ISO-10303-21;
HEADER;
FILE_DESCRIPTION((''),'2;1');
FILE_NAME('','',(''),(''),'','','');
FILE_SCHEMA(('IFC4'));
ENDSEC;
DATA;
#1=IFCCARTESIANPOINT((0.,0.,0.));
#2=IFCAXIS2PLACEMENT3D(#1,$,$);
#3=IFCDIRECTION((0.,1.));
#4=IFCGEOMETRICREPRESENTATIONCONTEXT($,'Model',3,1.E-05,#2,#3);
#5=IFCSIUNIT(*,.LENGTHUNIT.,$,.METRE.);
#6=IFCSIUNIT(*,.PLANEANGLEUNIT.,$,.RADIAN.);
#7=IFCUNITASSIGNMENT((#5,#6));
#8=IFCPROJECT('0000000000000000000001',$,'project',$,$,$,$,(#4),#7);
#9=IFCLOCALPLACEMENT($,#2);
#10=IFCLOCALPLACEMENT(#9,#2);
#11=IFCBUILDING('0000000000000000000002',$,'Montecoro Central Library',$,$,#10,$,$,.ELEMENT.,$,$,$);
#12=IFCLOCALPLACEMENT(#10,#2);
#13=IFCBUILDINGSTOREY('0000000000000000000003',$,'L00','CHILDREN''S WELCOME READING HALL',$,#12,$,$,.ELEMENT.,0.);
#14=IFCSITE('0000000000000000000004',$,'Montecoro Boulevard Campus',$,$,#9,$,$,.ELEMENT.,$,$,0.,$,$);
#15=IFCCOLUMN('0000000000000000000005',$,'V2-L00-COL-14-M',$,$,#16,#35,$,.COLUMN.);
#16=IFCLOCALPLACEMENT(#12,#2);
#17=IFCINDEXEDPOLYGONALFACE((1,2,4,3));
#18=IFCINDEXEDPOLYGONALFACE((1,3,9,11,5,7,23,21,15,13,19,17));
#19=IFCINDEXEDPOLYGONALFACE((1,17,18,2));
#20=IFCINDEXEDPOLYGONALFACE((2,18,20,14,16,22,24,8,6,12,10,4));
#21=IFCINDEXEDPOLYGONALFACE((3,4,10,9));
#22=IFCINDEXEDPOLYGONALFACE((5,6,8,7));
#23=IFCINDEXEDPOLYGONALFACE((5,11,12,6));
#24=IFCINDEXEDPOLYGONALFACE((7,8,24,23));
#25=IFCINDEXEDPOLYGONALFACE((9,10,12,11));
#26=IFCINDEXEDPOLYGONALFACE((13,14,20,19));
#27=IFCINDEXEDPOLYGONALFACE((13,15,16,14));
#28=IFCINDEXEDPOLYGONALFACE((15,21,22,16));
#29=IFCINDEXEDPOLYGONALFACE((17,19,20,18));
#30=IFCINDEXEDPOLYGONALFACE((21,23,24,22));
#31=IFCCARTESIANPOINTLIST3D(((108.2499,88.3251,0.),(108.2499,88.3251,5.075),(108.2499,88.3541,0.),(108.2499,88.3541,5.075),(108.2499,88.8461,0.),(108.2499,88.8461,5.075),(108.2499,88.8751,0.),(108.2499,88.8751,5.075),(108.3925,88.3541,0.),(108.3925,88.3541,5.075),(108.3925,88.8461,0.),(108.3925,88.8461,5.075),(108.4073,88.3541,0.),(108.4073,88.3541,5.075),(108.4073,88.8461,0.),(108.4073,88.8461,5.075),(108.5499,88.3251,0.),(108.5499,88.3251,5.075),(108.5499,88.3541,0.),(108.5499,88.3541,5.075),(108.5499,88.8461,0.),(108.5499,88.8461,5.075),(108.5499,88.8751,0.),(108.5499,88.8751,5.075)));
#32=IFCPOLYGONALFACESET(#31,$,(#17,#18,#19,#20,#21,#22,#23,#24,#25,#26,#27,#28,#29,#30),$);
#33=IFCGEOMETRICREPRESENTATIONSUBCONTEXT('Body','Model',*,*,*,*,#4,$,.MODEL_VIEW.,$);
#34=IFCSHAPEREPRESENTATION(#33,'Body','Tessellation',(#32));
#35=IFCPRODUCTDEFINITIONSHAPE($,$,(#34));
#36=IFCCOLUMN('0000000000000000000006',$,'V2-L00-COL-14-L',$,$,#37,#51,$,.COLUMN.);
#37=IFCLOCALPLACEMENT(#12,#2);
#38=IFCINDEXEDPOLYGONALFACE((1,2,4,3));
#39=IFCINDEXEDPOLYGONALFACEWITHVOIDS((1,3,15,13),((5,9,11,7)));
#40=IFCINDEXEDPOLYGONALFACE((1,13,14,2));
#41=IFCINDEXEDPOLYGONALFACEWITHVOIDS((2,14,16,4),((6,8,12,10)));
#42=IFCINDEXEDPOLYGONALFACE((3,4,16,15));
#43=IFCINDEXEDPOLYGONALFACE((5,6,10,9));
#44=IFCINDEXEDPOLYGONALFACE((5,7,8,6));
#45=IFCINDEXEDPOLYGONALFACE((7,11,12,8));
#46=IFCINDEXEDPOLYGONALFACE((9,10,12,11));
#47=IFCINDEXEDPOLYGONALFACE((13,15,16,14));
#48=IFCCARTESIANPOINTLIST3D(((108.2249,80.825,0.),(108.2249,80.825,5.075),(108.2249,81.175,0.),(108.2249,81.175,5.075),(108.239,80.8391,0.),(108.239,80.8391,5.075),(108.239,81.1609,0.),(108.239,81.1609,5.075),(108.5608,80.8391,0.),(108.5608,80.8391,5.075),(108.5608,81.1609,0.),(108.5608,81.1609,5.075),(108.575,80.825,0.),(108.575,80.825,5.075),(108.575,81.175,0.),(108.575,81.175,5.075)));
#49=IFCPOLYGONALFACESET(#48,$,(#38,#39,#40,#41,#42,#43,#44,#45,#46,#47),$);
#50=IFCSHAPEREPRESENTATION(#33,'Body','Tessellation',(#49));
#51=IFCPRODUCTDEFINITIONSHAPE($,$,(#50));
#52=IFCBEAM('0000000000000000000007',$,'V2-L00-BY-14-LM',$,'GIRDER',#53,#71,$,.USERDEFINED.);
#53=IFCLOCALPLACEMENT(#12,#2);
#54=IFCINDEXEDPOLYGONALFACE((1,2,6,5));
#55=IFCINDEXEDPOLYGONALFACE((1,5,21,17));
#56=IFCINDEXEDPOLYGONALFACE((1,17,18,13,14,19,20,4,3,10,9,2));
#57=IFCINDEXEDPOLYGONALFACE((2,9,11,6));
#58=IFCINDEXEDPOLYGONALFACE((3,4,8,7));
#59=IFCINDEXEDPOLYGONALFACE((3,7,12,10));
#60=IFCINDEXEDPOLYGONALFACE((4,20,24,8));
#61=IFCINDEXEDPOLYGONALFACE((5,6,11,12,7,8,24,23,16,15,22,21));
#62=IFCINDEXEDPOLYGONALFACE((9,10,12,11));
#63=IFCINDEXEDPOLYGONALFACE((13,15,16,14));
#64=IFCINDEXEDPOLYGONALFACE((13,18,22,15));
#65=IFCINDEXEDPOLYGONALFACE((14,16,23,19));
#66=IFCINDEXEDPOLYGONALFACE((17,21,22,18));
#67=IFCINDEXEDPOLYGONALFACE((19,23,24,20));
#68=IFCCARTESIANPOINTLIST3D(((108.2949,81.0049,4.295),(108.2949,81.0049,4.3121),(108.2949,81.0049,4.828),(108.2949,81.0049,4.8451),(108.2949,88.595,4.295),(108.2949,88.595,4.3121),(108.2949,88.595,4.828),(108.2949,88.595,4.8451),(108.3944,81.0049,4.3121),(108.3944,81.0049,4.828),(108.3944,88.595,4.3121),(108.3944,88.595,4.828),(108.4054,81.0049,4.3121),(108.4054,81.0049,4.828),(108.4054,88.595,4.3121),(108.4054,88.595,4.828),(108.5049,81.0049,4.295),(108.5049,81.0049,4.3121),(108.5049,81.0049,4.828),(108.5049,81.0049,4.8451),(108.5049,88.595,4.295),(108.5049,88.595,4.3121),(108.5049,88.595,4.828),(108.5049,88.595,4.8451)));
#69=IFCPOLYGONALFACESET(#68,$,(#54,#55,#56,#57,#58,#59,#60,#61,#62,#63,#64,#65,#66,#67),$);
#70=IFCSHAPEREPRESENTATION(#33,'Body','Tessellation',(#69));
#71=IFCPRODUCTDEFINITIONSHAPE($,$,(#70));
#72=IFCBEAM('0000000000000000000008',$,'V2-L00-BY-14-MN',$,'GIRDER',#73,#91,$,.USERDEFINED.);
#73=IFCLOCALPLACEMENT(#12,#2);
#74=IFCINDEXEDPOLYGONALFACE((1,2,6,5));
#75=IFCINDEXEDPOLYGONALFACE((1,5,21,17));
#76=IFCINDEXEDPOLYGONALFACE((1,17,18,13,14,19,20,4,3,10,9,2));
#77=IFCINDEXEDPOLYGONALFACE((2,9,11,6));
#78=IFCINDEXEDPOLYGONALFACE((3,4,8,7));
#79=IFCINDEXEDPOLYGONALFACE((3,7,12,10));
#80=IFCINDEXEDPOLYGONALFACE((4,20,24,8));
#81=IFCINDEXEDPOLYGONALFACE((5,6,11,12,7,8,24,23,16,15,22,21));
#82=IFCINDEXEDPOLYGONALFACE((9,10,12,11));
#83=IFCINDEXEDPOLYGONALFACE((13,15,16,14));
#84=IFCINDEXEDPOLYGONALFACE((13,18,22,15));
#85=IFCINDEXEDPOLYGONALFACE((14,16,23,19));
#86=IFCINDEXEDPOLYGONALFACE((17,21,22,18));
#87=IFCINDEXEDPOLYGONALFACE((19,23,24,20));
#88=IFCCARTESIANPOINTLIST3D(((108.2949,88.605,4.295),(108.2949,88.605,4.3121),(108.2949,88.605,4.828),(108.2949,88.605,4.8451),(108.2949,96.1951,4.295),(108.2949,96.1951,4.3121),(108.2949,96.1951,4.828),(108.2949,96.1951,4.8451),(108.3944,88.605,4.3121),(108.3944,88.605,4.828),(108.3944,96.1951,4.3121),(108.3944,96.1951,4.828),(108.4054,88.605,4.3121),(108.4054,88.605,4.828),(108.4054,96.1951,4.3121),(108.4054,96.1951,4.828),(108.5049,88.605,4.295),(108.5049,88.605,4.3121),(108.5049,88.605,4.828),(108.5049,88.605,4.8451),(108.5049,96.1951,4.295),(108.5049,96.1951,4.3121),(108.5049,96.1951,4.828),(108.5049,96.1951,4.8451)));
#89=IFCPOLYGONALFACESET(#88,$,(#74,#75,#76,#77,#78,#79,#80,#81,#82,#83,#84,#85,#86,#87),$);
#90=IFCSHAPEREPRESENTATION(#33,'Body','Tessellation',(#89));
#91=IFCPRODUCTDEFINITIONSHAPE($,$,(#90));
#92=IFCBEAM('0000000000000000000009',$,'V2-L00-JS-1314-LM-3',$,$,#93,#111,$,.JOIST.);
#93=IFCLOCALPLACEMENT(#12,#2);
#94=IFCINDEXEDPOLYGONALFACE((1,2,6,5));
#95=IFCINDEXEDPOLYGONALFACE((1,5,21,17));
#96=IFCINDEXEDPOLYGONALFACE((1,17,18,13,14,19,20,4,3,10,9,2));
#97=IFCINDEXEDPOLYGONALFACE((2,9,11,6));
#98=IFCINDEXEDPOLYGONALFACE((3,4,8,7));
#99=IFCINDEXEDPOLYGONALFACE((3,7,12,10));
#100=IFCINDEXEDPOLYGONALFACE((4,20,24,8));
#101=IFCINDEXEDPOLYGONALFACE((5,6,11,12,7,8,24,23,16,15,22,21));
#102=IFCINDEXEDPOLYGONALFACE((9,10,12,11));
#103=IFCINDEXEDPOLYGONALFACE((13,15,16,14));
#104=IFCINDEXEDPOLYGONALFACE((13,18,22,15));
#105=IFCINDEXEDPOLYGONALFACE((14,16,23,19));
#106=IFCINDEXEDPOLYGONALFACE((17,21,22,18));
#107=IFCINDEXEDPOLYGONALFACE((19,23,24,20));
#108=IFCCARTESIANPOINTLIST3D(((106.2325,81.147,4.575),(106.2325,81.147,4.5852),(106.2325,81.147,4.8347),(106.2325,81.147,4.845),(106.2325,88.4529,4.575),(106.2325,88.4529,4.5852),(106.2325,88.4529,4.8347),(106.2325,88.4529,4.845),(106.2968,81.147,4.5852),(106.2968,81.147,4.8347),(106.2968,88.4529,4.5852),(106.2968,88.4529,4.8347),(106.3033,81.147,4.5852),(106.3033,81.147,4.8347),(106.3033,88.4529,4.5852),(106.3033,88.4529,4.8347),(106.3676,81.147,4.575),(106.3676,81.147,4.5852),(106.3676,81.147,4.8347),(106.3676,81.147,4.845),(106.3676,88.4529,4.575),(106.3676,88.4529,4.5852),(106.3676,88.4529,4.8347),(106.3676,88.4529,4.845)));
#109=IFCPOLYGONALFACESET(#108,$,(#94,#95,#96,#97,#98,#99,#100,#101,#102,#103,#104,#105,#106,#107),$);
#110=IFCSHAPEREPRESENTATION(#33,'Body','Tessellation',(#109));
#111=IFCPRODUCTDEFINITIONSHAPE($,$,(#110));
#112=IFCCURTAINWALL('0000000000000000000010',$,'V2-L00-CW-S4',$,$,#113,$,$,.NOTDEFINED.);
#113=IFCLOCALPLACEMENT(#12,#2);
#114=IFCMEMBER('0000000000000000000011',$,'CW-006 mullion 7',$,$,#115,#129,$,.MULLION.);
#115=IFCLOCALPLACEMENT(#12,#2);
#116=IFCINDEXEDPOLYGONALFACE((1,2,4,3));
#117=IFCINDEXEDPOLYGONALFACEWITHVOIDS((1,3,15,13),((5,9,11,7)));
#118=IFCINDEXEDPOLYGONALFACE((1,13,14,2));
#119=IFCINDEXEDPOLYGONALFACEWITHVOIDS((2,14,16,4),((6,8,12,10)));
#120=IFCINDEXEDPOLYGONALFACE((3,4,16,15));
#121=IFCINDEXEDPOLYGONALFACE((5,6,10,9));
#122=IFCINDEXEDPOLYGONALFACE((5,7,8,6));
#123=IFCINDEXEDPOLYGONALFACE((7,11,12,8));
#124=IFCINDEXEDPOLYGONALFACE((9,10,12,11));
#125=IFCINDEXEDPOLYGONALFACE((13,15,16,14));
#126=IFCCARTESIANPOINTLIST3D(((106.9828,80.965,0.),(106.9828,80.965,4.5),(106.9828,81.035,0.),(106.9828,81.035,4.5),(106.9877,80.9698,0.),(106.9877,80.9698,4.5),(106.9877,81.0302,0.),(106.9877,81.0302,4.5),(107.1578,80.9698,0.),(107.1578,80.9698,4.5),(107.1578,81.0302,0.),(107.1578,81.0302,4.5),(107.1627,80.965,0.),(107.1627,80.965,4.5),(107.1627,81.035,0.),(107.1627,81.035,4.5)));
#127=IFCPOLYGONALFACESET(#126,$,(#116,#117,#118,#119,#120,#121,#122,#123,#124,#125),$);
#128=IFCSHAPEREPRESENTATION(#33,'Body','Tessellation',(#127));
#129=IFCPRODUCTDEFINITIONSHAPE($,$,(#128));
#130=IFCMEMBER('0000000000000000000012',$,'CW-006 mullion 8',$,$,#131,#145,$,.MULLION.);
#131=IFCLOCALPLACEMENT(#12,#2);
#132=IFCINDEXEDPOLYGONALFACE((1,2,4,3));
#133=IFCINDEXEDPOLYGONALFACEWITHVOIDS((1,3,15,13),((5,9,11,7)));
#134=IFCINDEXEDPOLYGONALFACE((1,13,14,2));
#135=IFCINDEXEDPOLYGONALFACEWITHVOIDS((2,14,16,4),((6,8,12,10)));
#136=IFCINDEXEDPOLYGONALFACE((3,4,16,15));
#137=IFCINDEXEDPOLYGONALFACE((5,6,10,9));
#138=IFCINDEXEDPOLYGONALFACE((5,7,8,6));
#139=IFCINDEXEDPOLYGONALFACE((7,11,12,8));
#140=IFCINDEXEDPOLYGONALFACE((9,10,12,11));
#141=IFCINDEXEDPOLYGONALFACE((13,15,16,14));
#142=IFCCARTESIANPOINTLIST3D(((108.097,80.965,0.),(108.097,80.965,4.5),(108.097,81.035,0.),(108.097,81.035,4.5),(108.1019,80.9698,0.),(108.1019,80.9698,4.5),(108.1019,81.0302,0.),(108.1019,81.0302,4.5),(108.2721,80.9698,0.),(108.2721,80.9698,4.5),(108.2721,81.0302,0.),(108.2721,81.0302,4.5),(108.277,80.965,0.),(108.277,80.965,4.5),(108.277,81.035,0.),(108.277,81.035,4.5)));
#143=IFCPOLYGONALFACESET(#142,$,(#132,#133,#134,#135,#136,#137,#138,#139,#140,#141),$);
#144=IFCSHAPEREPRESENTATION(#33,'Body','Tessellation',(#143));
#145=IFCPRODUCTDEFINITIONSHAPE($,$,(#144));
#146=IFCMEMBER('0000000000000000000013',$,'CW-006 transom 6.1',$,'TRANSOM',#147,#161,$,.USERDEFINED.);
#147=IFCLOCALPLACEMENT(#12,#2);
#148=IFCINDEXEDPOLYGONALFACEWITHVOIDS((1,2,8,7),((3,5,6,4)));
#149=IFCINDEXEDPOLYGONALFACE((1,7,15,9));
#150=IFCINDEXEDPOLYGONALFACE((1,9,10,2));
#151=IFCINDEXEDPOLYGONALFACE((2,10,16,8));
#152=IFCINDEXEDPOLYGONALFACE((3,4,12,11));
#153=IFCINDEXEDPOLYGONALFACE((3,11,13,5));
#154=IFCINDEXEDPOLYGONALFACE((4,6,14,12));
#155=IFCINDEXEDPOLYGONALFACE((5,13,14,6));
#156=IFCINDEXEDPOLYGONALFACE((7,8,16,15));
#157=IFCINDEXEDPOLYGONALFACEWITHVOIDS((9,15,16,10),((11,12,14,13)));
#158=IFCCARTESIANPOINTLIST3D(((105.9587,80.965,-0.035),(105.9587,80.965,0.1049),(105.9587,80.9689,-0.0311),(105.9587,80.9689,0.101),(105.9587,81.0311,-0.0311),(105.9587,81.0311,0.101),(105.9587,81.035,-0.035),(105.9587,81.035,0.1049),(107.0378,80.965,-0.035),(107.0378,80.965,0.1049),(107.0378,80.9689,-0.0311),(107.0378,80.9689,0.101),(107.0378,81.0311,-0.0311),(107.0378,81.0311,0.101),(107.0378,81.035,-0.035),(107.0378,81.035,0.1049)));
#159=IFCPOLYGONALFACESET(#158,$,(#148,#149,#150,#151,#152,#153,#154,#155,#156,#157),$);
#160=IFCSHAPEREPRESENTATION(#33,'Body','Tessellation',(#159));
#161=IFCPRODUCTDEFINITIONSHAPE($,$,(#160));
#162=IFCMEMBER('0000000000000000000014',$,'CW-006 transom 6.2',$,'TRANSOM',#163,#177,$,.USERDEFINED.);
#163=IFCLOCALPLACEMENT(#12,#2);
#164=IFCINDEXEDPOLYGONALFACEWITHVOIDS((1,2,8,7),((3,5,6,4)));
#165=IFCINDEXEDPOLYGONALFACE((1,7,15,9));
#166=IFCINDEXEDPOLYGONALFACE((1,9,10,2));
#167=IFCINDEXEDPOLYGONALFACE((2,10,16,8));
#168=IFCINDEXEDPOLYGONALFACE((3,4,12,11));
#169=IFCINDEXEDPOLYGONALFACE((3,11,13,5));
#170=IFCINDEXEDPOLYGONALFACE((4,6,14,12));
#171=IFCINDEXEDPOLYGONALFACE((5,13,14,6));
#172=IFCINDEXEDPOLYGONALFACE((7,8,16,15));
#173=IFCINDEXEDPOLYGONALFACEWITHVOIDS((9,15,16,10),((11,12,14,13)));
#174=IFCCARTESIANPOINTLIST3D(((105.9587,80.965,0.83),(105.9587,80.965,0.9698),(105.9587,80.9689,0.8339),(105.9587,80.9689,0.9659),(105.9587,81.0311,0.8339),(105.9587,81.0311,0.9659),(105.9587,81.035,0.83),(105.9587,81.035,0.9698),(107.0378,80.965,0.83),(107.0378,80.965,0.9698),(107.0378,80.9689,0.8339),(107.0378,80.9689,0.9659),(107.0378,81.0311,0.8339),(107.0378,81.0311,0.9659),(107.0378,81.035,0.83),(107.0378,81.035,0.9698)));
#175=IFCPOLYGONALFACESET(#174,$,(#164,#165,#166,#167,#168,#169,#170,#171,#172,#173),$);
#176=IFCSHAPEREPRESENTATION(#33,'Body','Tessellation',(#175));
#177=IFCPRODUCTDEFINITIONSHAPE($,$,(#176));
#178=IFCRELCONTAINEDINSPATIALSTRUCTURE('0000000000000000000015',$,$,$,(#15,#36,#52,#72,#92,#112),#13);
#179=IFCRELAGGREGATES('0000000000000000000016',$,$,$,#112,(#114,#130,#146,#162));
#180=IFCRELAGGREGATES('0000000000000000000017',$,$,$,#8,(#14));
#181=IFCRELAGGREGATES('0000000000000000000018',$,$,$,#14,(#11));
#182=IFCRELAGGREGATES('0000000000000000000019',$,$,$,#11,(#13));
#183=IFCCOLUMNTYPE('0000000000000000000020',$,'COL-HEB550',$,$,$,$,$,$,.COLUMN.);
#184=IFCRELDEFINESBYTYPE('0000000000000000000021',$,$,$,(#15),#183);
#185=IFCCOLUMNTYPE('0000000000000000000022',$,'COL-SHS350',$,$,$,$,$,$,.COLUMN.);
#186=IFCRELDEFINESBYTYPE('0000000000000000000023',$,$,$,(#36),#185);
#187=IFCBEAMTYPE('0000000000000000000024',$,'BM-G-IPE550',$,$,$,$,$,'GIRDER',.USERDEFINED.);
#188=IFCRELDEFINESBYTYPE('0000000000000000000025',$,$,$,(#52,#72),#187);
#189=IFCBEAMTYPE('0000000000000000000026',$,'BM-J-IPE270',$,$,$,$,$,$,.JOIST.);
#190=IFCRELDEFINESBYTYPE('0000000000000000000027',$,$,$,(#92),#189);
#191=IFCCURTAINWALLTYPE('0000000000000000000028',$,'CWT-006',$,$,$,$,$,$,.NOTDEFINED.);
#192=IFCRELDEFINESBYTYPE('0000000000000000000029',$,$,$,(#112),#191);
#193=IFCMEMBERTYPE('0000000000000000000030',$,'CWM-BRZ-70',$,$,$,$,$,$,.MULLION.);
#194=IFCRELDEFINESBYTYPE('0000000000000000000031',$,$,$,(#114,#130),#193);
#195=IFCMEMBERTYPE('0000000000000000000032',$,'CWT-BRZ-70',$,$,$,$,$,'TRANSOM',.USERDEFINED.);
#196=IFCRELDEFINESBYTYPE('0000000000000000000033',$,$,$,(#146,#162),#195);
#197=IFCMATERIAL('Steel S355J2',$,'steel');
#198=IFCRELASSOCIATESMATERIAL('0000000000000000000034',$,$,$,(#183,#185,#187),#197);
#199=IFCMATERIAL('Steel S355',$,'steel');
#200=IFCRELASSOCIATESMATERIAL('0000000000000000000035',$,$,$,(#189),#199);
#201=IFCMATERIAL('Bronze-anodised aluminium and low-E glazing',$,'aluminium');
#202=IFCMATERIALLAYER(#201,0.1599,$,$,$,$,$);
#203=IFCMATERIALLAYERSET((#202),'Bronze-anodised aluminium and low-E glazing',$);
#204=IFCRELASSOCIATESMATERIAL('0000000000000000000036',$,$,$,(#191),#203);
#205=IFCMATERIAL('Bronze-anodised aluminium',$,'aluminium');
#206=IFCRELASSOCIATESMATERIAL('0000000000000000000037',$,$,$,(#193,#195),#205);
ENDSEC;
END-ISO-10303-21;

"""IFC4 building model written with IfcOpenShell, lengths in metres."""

from ifc_helpers import new_model, si_unit, direction, frame, origin, origin_2d, place, context, subcontext, project, spatial, hollow_rectangle, i_section, extrude, material, layer, layer_set, material_profile, profile_set, type_object, element, aggregate, save


model = new_model("IFC4")

# Units and contexts
model_context = context("Model", 3, precision=1e-05, world=origin(), true_north=direction((0.0, 1.0)))
body_context = subcontext(model_context, "Body", "Model", "MODEL_VIEW")
ifc_project = project(units=[si_unit("LENGTHUNIT", "METRE"), si_unit("PLANEANGLEUNIT", "RADIAN")], contexts=[model_context])

# Site, building, storey
site_placement = place(None, origin())
site = spatial("IfcSite", under=ifc_project, at=site_placement, Name="Montecoro Boulevard Campus", CompositionType="ELEMENT", RefElevation=0.0)
building_placement = place(site_placement, origin())
building = spatial("IfcBuilding", under=site, at=building_placement, Name="Montecoro Central Library", CompositionType="ELEMENT")
storey_placement = place(building_placement, origin())
storey = spatial("IfcBuildingStorey", under=building, at=storey_placement, Name="L00", Description="CHILDREN'S WELCOME READING HALL", CompositionType="ELEMENT", Elevation=0.0)

# Columns
ifc_material_1 = material(Name="Steel S355J2", Category="steel")
ifc_material_profile_1 = material_profile(ifc_material_1, i_section(OverallWidth=0.3, OverallDepth=0.55, WebThickness=0.0149, FlangeThickness=0.0291, at=origin_2d()), Name="HEB 550")
ifc_profile_set_1 = profile_set([ifc_material_profile_1], Name="Steel S355J2")
column_type_1 = type_object("IfcColumnType", Name="COL-HEB550", PredefinedType="COLUMN", material=ifc_profile_set_1)
column_1_placement = place(storey_placement, frame((108.3999, 88.6001, 0.0), z_axis=(0.0, 0.0, 1.0), x_axis=(1.0, 0.0, 0.0)))
element("IfcColumn", 1, at=column_1_placement, inside=storey, type_object=column_type_1, Name="V2-L00-COL-14-M", PredefinedType="COLUMN", context=body_context, shape_type="SweptSolid", body=[
    extrude(i_section(OverallWidth=0.3, OverallDepth=0.55, WebThickness=0.0149, FlangeThickness=0.0291, at=origin_2d()), origin(), (0.0, 0.0, 1.0), 5.075),
])
ifc_material_profile_2 = material_profile(ifc_material_1, hollow_rectangle(XDim=0.3501, YDim=0.3501, WallThickness=0.0142, at=origin_2d()), Name="SHS 350x350x14.2")
ifc_profile_set_2 = profile_set([ifc_material_profile_2], Name="Steel S355J2")
column_type_2 = type_object("IfcColumnType", Name="COL-SHS350", PredefinedType="COLUMN", material=ifc_profile_set_2)
column_2_placement = place(storey_placement, frame((108.3999, 81.0, 0.0), z_axis=(0.0, 0.0, 1.0), x_axis=(1.0, 0.0, 0.0)))
element("IfcColumn", 2, at=column_2_placement, inside=storey, type_object=column_type_2, Name="V2-L00-COL-14-L", PredefinedType="COLUMN", context=body_context, shape_type="SweptSolid", body=[
    extrude(hollow_rectangle(XDim=0.3501, YDim=0.3501, WallThickness=0.0142, at=origin_2d()), origin(), (0.0, 0.0, 1.0), 5.075),
])

# Beams
ifc_material_profile_3 = material_profile(ifc_material_1, i_section(OverallWidth=0.21, OverallDepth=0.55, WebThickness=0.011, FlangeThickness=0.0171, at=origin_2d()), Name="IPE 550")
ifc_profile_set_3 = profile_set([ifc_material_profile_3], Name="Steel S355J2")
beam_type_1 = type_object("IfcBeamType", Name="BM-G-IPE550", ElementType="GIRDER", PredefinedType="USERDEFINED", material=ifc_profile_set_3)
for number, where, z_axis, x_axis, name in (
    (3, (108.3999, 81.0049, 4.5701), (0.0, 1.0, 0.0), (-1.0, 0.0, 0.0), "V2-L00-BY-14-LM"),
    (4, (108.3999, 88.605, 4.5701), (0.0, 1.0, 0.0), (-1.0, 0.0, 0.0), "V2-L00-BY-14-MN"),
):
    element("IfcBeam", number, at=place(storey_placement, frame(where, z_axis=z_axis, x_axis=x_axis)), inside=storey, type_object=beam_type_1, Name=name, ObjectType="GIRDER", PredefinedType="USERDEFINED", context=body_context, shape_type="SweptSolid", body=[
        extrude(i_section(OverallWidth=0.21, OverallDepth=0.55, WebThickness=0.011, FlangeThickness=0.0171, at=origin_2d()), origin(), (0.0, 0.0, 1.0), 7.5901),
    ])
ifc_material_2 = material(Name="Steel S355", Category="steel")
ifc_material_profile_4 = material_profile(ifc_material_2, i_section(OverallWidth=0.135, OverallDepth=0.27, WebThickness=0.0066, FlangeThickness=0.0103, at=origin_2d()), Name="IPE 270")
ifc_profile_set_4 = profile_set([ifc_material_profile_4], Name="Steel S355")
beam_type_2 = type_object("IfcBeamType", Name="BM-J-IPE270", PredefinedType="JOIST", material=ifc_profile_set_4)
beam_placement = place(storey_placement, frame((106.3, 81.147, 4.71), z_axis=(0.0, 1.0, 0.0), x_axis=(-1.0, 0.0, 0.0)))
element("IfcBeam", 5, at=beam_placement, inside=storey, type_object=beam_type_2, Name="V2-L00-JS-1314-LM-3", PredefinedType="JOIST", context=body_context, shape_type="SweptSolid", body=[
    extrude(i_section(OverallWidth=0.135, OverallDepth=0.27, WebThickness=0.0066, FlangeThickness=0.0103, at=origin_2d()), origin(), (0.0, 0.0, 1.0), 7.3059),
])

# Curtain wall, members
ifc_material_3 = material(Name="Bronze-anodised aluminium and low-E glazing", Category="aluminium")
ifc_layer_1 = layer(ifc_material_3, 0.1599)
ifc_layer_set_1 = layer_set([ifc_layer_1], Name="Bronze-anodised aluminium and low-E glazing")
curtain_wall_type = type_object("IfcCurtainWallType", Name="CWT-006", PredefinedType="NOTDEFINED", material=ifc_layer_set_1)
curtain_wall_placement = place(storey_placement, origin())
curtain_wall = element("IfcCurtainWall", 6, at=curtain_wall_placement, inside=storey, type_object=curtain_wall_type, Name="V2-L00-CW-S4", PredefinedType="NOTDEFINED")
ifc_material_4 = material(Name="Bronze-anodised aluminium", Category="aluminium")
ifc_material_profile_5 = material_profile(ifc_material_4, hollow_rectangle(XDim=0.0701, YDim=0.1799, WallThickness=0.0049, at=origin_2d()), Name="CWM 180x70x5.0")
ifc_profile_set_5 = profile_set([ifc_material_profile_5], Name="Bronze-anodised aluminium")
member_type_1 = type_object("IfcMemberType", Name="CWM-BRZ-70", PredefinedType="MULLION", material=ifc_profile_set_5)
member_1_placement = place(storey_placement, frame((107.0728, 81.0, 0.0), z_axis=(0.0, 0.0, 1.0), x_axis=(0.0, 1.0, 0.0)))
member_1 = element("IfcMember", 7, at=member_1_placement, type_object=member_type_1, Name="CW-006 mullion 7", PredefinedType="MULLION", context=body_context, shape_type="SweptSolid", body=[
    extrude(hollow_rectangle(XDim=0.0701, YDim=0.1799, WallThickness=0.0049, at=origin_2d()), origin(), (0.0, 0.0, 1.0), 4.5),
])
member_2_placement = place(storey_placement, frame((108.187, 81.0, 0.0), z_axis=(0.0, 0.0, 1.0), x_axis=(0.0, 1.0, 0.0)))
member_2 = element("IfcMember", 8, at=member_2_placement, type_object=member_type_1, Name="CW-006 mullion 8", PredefinedType="MULLION", context=body_context, shape_type="SweptSolid", body=[
    extrude(hollow_rectangle(XDim=0.0701, YDim=0.1799, WallThickness=0.0049, at=origin_2d()), origin(), (0.0, 0.0, 1.0), 4.5),
])
ifc_material_profile_6 = material_profile(ifc_material_4, hollow_rectangle(XDim=0.0701, YDim=0.1399, WallThickness=0.0039, at=origin_2d()), Name="CWT 140x70x4.0")
ifc_profile_set_6 = profile_set([ifc_material_profile_6], Name="Bronze-anodised aluminium")
member_type_2 = type_object("IfcMemberType", Name="CWT-BRZ-70", ElementType="TRANSOM", PredefinedType="USERDEFINED", material=ifc_profile_set_6)
member_3_placement = place(storey_placement, frame((105.9587, 81.0, 0.0349), z_axis=(1.0, 0.0, 0.0), x_axis=(0.0, 1.0, 0.0)))
member_3 = element("IfcMember", 9, at=member_3_placement, type_object=member_type_2, Name="CW-006 transom 6.1", ObjectType="TRANSOM", PredefinedType="USERDEFINED", context=body_context, shape_type="SweptSolid", body=[
    extrude(hollow_rectangle(XDim=0.0701, YDim=0.1399, WallThickness=0.0039, at=origin_2d()), origin(), (0.0, 0.0, 1.0), 1.0791),
])
member_4_placement = place(storey_placement, frame((105.9587, 81.0, 0.8999), z_axis=(1.0, 0.0, 0.0), x_axis=(0.0, 1.0, 0.0)))
member_4 = element("IfcMember", 10, at=member_4_placement, type_object=member_type_2, Name="CW-006 transom 6.2", ObjectType="TRANSOM", PredefinedType="USERDEFINED", context=body_context, shape_type="SweptSolid", body=[
    extrude(hollow_rectangle(XDim=0.0701, YDim=0.1399, WallThickness=0.0039, at=origin_2d()), origin(), (0.0, 0.0, 1.0), 1.0791),
])
aggregate(curtain_wall, [member_1, member_2, member_3, member_4])

save(model, "model.ifc")
